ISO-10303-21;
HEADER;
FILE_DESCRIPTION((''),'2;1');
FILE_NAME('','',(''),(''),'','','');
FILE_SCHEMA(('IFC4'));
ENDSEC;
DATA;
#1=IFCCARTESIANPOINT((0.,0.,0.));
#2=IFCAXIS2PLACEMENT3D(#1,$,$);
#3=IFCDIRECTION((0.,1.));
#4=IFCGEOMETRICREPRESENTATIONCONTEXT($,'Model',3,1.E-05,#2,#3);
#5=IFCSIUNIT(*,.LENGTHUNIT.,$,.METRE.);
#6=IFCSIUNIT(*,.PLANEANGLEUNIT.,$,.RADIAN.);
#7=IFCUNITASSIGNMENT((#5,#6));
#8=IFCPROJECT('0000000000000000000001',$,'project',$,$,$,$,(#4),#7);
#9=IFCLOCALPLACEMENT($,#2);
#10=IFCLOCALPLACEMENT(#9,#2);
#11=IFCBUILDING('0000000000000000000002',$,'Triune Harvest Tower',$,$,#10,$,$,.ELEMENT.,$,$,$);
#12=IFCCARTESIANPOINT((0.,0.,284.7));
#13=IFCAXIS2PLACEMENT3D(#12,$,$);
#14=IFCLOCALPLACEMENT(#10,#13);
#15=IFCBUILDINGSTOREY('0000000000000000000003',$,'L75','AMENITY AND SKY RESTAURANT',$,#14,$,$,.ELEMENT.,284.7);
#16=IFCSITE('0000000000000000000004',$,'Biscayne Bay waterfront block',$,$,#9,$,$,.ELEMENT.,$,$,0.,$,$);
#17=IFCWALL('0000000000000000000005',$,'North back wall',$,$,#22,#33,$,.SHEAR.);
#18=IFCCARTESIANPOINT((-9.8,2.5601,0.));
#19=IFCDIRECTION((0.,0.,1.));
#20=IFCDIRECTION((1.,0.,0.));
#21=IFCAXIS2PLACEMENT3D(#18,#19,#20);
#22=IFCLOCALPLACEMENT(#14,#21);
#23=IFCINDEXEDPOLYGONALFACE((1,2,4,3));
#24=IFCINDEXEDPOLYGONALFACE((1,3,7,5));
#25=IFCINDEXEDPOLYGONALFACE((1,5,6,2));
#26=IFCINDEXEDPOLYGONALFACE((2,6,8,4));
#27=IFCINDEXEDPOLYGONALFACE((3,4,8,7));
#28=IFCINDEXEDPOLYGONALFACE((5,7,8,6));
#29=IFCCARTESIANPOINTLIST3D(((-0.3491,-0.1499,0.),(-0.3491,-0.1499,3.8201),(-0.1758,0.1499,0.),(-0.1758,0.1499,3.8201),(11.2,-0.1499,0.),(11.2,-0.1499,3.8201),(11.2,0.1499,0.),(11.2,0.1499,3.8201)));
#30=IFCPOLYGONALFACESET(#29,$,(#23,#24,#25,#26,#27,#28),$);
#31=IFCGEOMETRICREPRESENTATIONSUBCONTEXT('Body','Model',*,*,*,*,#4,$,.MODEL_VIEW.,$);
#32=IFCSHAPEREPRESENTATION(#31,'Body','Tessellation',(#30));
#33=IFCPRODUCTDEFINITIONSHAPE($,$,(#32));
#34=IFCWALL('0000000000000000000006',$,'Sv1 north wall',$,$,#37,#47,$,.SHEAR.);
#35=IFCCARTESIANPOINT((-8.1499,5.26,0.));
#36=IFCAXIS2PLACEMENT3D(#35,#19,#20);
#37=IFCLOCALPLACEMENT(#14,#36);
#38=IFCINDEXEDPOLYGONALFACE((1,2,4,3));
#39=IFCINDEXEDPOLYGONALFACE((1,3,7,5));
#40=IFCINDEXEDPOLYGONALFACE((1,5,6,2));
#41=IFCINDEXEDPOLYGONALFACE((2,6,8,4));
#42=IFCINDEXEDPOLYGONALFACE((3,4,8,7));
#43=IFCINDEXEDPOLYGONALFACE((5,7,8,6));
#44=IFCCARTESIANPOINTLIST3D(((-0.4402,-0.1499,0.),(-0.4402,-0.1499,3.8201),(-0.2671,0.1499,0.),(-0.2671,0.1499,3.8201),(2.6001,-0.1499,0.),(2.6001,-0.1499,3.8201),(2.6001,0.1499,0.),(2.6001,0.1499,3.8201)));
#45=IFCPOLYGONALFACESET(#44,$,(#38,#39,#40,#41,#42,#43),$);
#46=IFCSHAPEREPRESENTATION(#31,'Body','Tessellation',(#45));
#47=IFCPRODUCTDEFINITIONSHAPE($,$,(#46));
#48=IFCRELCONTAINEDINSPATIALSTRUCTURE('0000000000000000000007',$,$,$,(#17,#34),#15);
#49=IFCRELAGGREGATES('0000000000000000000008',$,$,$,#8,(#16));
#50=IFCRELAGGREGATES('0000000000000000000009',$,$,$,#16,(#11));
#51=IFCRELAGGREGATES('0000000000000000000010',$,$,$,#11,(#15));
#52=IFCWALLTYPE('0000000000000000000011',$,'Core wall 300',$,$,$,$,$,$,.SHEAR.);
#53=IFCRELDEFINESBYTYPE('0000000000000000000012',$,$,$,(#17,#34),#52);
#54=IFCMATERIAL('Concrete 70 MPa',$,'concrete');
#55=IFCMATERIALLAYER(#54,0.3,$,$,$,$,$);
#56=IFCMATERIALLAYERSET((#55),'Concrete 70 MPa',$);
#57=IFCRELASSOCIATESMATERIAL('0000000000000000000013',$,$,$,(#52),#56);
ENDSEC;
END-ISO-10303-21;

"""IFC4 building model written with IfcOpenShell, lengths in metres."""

from ifc_helpers import new_model, si_unit, direction, frame, origin, place, context, subcontext, project, spatial, polyline, outline, extrude, source, transform, mapped, material, layer, layer_set, type_object, element, save


model = new_model("IFC4")

# Units and contexts
model_context = context("Model", 3, precision=1e-05, world=origin(), true_north=direction((0.0, 1.0)))
body_context = subcontext(model_context, "Body", "Model", "MODEL_VIEW")
ifc_project = project(units=[si_unit("LENGTHUNIT", "METRE"), si_unit("PLANEANGLEUNIT", "RADIAN")], contexts=[model_context])

# Site, building, storey
site_placement = place(None, origin())
site = spatial("IfcSite", under=ifc_project, at=site_placement, Name="Biscayne Bay waterfront block", CompositionType="ELEMENT", RefElevation=0.0)
building_placement = place(site_placement, origin())
building = spatial("IfcBuilding", under=site, at=building_placement, Name="Triune Harvest Tower", CompositionType="ELEMENT")
storey_placement = place(building_placement, frame((0.0, 0.0, 284.7)))
storey = spatial("IfcBuildingStorey", under=building, at=storey_placement, Name="L75", Description="AMENITY AND SKY RESTAURANT", CompositionType="ELEMENT", Elevation=284.7)

# Shared definitions
ifc_material_1 = material(Name="Concrete 70 MPa", Category="concrete")
ifc_layer_1 = layer(ifc_material_1, 0.3)
ifc_layer_set_1 = layer_set([ifc_layer_1], Name="Concrete 70 MPa")
wall_type_1 = type_object("IfcWallType", Name="Core wall 300", PredefinedType="SHEAR", material=ifc_layer_set_1)

# Wall
shared_shape_1 = source(origin(), body_context, "Body", "SweptSolid", [
    extrude(outline(polyline([(11.2, -0.1499), (-0.3491, -0.1499), (-0.1758, 0.1499), (11.2, 0.1499), (11.2, -0.1499)])), origin(), (0.0, 0.0, 1.0), 3.8201),
])
wall_1_placement = place(storey_placement, frame((-9.8, 2.5601, 0.0), z_axis=(0.0, 0.0, 1.0), x_axis=(1.0, 0.0, 0.0)))
element("IfcWall", 1, at=wall_1_placement, inside=storey, type_object=wall_type_1, Name="North back wall", PredefinedType="SHEAR", context=body_context, shape_type="MappedRepresentation", body=[
    mapped(shared_shape_1, transform((0.0, 0.0, 0.0), scale=1.0)),
])

# Wall
shared_shape_2 = source(origin(), body_context, "Body", "SweptSolid", [
    extrude(outline(polyline([(2.6001, -0.1499), (-0.4402, -0.1499), (-0.2671, 0.1499), (2.6001, 0.1499), (2.6001, -0.1499)])), origin(), (0.0, 0.0, 1.0), 3.8201),
])
wall_2_placement = place(storey_placement, frame((-8.1499, 5.26, 0.0), z_axis=(0.0, 0.0, 1.0), x_axis=(1.0, 0.0, 0.0)))
element("IfcWall", 2, at=wall_2_placement, inside=storey, type_object=wall_type_1, Name="Sv1 north wall", PredefinedType="SHEAR", context=body_context, shape_type="MappedRepresentation", body=[
    mapped(shared_shape_2, transform((0.0, 0.0, 0.0), scale=1.0)),
])

save(model, "model.ifc")
